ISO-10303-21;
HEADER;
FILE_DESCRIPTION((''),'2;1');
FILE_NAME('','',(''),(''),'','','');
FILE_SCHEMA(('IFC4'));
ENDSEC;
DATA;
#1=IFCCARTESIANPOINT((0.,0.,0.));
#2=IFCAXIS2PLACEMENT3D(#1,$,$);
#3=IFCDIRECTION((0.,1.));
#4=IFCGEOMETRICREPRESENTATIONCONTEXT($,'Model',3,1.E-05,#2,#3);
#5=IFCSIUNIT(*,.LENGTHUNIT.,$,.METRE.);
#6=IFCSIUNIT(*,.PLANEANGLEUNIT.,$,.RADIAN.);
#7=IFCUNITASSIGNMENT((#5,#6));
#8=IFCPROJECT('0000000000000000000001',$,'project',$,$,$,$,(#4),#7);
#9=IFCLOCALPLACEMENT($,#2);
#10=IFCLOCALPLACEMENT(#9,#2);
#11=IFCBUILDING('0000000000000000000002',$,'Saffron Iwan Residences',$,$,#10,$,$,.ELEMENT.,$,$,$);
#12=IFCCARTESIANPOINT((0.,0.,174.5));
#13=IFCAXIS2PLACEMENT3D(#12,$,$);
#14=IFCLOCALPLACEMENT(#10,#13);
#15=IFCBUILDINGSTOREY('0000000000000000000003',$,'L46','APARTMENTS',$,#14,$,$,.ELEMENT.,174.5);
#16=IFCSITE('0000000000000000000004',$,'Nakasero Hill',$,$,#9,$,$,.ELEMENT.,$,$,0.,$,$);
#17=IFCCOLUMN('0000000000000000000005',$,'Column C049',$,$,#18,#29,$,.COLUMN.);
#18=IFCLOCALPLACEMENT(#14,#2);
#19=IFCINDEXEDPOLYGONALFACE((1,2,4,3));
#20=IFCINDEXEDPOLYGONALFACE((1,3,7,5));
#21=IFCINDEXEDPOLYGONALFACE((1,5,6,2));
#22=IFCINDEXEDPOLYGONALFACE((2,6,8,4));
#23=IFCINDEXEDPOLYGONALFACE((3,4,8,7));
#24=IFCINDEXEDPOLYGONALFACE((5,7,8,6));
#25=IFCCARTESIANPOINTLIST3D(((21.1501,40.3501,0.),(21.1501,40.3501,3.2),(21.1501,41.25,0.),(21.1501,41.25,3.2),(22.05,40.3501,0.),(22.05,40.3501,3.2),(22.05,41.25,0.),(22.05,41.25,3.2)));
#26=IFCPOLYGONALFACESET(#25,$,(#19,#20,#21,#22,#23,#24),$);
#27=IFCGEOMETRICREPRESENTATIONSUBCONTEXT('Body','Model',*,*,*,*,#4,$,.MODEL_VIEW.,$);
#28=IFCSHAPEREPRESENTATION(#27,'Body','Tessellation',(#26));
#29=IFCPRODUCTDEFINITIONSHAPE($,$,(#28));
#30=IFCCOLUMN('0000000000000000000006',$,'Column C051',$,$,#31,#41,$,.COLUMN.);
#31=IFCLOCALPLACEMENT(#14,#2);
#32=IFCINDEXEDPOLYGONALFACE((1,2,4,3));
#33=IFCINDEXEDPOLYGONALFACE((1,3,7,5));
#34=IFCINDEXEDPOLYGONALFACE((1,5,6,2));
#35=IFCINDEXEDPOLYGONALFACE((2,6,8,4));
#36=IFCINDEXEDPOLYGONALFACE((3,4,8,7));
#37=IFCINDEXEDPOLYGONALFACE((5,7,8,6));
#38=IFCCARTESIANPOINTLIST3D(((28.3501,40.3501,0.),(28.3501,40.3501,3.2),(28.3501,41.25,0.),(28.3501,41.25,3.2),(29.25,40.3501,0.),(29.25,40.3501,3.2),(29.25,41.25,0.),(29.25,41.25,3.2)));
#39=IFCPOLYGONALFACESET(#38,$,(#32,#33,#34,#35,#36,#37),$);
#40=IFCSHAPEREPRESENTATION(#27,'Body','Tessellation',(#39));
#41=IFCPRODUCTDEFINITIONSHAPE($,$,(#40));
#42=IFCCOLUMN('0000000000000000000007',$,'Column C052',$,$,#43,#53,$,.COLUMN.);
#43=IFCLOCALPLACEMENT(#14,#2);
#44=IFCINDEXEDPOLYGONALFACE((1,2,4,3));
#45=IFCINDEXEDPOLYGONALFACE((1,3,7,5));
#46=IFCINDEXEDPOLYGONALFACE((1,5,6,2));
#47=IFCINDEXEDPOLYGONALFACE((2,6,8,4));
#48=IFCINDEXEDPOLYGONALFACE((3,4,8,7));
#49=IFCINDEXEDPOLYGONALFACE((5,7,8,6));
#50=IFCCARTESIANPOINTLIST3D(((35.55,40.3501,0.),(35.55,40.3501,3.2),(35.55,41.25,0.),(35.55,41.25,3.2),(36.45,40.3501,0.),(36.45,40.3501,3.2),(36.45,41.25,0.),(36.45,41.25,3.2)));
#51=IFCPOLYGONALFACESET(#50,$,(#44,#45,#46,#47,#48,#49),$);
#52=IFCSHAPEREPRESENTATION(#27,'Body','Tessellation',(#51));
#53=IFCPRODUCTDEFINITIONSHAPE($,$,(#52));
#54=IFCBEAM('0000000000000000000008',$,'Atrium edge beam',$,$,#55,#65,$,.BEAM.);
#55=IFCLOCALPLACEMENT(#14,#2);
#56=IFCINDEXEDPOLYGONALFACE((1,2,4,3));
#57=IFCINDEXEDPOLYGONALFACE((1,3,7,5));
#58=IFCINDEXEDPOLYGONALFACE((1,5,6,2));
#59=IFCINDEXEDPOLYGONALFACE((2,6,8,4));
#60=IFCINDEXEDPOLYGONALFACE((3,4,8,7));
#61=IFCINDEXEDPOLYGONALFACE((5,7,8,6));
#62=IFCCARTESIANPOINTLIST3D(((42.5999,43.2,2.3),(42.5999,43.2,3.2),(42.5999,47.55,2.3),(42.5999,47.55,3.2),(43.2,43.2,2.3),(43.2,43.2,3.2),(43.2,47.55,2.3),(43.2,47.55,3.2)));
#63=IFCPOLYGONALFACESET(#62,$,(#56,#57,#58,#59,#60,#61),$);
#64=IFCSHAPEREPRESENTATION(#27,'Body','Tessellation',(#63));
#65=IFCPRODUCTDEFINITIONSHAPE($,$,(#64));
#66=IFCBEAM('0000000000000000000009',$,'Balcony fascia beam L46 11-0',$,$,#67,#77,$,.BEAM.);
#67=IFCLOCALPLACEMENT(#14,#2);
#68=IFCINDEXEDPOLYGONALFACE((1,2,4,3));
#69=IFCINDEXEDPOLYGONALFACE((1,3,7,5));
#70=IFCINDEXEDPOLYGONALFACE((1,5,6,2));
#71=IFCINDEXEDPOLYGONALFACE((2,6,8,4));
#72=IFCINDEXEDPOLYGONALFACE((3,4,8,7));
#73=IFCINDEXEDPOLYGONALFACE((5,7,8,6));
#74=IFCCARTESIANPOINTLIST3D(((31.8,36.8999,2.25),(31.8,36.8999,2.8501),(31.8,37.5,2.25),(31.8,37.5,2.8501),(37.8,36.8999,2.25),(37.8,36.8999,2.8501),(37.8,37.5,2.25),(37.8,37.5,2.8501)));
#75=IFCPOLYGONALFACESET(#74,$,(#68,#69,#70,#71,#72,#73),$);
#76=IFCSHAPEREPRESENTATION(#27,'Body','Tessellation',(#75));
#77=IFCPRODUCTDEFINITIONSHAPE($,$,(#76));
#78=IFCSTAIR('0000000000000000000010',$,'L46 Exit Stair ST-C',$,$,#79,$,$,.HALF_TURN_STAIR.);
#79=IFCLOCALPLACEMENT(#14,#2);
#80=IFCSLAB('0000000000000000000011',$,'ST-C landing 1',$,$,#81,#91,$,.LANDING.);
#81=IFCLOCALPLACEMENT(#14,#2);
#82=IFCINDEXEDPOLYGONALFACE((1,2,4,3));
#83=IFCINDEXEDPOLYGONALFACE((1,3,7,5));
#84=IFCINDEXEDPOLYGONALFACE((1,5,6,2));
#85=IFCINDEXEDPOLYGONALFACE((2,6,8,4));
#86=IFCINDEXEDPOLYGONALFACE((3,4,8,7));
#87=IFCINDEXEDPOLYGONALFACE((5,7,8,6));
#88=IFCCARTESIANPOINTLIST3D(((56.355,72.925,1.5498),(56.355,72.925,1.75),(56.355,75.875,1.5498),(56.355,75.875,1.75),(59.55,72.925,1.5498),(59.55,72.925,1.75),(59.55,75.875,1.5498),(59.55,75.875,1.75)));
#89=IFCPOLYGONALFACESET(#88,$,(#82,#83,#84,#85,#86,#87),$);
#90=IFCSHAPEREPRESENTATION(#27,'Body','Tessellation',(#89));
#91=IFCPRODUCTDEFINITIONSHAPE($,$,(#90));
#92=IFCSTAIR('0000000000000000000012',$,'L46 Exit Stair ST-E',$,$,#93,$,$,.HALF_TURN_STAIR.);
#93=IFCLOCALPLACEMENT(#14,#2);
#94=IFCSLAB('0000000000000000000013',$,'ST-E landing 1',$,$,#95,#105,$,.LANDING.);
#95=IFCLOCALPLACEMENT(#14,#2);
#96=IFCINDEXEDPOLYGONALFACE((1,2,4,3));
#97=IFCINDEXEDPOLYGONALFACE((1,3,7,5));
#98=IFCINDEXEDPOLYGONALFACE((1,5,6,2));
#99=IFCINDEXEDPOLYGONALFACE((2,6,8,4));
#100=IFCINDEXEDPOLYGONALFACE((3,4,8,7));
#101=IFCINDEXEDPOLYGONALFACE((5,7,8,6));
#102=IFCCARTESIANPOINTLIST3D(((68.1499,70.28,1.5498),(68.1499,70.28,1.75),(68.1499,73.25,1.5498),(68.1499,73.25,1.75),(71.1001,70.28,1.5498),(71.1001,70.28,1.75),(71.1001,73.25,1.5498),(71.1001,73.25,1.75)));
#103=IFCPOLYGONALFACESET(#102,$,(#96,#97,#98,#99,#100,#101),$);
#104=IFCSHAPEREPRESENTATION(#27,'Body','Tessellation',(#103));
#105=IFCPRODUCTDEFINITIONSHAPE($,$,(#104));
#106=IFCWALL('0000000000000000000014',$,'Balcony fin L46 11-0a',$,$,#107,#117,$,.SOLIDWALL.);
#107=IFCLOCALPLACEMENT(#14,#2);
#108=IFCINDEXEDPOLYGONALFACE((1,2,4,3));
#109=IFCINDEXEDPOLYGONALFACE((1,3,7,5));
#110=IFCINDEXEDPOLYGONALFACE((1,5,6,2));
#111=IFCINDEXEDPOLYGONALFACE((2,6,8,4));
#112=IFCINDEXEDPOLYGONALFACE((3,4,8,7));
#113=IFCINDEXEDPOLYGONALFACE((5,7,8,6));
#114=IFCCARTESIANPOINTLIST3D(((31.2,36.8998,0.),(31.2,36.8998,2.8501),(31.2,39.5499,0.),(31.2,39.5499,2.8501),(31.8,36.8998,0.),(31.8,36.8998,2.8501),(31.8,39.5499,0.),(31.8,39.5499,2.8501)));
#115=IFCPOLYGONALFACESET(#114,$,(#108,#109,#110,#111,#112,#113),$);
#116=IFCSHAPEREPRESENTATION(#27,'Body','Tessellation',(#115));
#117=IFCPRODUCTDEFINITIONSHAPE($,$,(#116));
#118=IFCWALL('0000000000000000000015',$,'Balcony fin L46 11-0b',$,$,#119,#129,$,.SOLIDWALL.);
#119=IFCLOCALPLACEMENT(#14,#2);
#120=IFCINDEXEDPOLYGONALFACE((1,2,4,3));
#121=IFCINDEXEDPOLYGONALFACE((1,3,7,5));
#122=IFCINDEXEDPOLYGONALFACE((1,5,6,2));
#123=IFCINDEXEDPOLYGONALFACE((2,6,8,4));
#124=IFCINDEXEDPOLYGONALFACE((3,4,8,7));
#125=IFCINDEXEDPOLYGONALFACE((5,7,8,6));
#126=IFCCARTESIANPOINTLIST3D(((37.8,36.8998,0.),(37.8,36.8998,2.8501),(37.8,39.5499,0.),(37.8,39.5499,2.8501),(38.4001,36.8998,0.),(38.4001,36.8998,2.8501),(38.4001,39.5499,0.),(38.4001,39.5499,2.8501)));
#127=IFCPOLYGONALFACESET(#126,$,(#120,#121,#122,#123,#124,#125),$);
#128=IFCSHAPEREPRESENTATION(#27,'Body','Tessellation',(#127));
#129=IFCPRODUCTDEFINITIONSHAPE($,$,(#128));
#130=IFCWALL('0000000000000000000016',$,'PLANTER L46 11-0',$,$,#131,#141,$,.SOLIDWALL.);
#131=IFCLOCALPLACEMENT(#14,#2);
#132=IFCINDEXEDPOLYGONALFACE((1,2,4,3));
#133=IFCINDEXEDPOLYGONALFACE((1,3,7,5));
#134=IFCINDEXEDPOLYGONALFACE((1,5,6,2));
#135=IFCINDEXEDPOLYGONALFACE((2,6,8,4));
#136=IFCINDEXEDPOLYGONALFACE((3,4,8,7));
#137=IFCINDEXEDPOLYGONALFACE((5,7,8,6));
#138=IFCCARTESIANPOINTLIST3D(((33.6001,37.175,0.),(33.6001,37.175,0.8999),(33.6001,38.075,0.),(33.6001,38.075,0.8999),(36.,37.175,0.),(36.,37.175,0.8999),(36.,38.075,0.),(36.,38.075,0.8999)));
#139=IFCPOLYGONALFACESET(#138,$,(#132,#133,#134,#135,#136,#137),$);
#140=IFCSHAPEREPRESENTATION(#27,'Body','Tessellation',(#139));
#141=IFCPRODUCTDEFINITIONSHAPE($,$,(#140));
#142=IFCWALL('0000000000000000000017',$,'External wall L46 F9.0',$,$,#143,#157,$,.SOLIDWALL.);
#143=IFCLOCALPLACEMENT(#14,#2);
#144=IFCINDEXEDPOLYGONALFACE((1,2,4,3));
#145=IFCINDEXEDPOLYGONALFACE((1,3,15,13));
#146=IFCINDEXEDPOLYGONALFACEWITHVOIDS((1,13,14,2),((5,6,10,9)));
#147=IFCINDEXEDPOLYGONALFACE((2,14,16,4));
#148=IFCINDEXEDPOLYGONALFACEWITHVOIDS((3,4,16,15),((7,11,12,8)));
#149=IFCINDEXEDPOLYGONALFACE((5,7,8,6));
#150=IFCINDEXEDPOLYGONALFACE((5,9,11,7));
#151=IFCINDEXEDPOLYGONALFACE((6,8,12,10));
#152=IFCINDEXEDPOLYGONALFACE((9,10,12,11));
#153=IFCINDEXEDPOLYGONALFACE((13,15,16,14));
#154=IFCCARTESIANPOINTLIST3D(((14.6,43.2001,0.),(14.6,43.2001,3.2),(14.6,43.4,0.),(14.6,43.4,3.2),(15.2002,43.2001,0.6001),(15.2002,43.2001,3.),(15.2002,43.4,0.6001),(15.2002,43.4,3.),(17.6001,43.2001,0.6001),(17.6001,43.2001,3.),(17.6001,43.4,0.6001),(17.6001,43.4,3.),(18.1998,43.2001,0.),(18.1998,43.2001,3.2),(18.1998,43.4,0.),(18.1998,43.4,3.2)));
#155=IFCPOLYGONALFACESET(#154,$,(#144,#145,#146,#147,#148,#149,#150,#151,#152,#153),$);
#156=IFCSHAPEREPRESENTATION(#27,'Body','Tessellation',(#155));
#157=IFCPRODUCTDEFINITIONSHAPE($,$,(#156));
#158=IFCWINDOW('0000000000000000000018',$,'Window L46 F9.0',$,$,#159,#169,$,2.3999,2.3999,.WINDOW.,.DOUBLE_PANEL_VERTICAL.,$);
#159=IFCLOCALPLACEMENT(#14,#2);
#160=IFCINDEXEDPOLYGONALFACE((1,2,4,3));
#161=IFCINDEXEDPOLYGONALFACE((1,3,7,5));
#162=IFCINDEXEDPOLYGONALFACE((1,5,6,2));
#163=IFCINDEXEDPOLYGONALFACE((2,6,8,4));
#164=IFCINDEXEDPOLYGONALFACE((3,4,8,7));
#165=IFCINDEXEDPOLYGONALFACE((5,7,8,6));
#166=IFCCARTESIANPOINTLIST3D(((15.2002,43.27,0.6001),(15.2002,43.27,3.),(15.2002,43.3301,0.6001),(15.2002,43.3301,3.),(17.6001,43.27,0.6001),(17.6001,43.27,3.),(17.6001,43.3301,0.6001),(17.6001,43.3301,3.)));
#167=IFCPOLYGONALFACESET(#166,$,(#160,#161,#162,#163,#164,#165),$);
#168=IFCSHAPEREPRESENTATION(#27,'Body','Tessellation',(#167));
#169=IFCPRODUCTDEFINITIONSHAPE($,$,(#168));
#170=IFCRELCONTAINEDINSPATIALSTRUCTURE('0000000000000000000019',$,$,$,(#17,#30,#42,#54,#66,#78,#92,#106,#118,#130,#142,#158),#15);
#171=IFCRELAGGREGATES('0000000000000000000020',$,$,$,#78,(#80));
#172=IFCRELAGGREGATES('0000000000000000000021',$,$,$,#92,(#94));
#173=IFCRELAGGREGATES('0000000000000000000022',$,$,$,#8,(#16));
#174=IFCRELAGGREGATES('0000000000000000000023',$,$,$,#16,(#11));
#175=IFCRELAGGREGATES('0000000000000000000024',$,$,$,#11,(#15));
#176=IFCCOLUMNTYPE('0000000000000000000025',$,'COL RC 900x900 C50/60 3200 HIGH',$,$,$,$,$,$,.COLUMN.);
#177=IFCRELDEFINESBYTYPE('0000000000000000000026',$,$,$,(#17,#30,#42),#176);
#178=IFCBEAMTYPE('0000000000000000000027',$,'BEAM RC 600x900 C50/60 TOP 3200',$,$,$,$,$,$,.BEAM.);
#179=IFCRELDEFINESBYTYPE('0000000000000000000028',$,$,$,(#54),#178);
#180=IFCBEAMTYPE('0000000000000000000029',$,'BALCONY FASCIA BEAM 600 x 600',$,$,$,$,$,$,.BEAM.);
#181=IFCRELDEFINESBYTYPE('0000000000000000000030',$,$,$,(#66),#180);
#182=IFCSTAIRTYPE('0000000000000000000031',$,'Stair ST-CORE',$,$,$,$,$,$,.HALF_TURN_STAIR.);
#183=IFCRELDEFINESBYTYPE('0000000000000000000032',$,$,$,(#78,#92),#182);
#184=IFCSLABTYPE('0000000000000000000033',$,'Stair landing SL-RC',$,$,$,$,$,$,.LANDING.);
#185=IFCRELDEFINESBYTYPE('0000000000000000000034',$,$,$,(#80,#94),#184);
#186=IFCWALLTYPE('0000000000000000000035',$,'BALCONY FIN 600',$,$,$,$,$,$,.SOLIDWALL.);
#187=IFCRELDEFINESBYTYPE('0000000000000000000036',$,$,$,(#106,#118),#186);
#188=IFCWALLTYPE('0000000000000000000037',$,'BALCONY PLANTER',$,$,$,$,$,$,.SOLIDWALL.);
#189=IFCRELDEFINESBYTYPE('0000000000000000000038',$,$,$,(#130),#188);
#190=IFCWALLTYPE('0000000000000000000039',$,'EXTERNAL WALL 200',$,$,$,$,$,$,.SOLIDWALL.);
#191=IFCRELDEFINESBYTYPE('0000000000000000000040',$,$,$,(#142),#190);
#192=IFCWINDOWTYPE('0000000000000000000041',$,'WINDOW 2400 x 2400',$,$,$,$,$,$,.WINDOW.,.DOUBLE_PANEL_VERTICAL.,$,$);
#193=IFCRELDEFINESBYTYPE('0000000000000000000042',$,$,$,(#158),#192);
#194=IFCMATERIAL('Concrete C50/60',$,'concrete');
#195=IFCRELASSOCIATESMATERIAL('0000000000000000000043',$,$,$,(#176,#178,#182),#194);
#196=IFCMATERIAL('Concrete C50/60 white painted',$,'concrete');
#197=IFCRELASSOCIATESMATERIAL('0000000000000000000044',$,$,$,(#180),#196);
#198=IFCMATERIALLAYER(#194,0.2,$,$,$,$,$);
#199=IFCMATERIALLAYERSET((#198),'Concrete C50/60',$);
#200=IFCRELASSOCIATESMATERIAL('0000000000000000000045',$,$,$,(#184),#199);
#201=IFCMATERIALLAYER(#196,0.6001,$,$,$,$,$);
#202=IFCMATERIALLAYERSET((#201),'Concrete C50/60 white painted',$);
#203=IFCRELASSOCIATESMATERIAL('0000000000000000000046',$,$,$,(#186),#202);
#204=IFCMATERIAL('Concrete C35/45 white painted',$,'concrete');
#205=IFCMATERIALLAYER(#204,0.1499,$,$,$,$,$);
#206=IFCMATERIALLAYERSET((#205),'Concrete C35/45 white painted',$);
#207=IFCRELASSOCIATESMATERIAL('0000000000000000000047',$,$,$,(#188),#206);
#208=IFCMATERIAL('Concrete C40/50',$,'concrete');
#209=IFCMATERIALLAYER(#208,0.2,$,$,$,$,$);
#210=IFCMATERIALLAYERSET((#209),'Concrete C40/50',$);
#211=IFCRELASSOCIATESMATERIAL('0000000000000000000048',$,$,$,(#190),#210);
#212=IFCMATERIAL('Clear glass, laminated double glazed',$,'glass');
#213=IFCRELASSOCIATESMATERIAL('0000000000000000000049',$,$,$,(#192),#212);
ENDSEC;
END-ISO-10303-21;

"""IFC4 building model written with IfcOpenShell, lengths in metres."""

from ifc_helpers import new_model, si_unit, direction, frame, frame_2d, origin, origin_2d, place, context, subcontext, project, spatial, polyline, rectangle, outline, extrude, source, transform, mapped, material, layer, layer_set, material_profile, profile_set, type_object, element, fill, aggregate, save


model = new_model("IFC4")

# Units and contexts
model_context = context("Model", 3, precision=1e-05, world=origin(), true_north=direction((0.0, 1.0)))
body_context = subcontext(model_context, "Body", "Model", "MODEL_VIEW")
ifc_project = project(units=[si_unit("LENGTHUNIT", "METRE"), si_unit("PLANEANGLEUNIT", "RADIAN")], contexts=[model_context])

# Site, building, storey
site_placement = place(None, origin())
site = spatial("IfcSite", under=ifc_project, at=site_placement, Name="Nakasero Hill", CompositionType="ELEMENT", RefElevation=0.0)
building_placement = place(site_placement, origin())
building = spatial("IfcBuilding", under=site, at=building_placement, Name="Saffron Iwan Residences", CompositionType="ELEMENT")
storey_placement = place(building_placement, frame((0.0, 0.0, 174.5)))
storey = spatial("IfcBuildingStorey", under=building, at=storey_placement, Name="L46", Description="APARTMENTS", CompositionType="ELEMENT", Elevation=174.5)

# Columns
ifc_material_1 = material(Name="Concrete C50/60", Category="concrete")
ifc_material_profile_1 = material_profile(ifc_material_1, rectangle(XDim=0.8999, YDim=0.8999, at=origin_2d()), Name="RC 900x900")
ifc_profile_set_1 = profile_set([ifc_material_profile_1], Name="Concrete C50/60")
column_type = type_object("IfcColumnType", Name="COL RC 900x900 C50/60 3200 HIGH", PredefinedType="COLUMN", material=ifc_profile_set_1)
shared_shape_1 = source(origin(), body_context, "Body", "SweptSolid", [
    extrude(rectangle(XDim=0.8999, YDim=0.8999, at=origin_2d()), origin(), (0.0, 0.0, 1.0), 3.2),
])
for number, where, z_axis, x_axis, name in (
    (1, (21.6001, 40.8, 0.0), (0.0, 0.0, 1.0), (1.0, 0.0, 0.0), "Column C049"),
    (2, (28.8, 40.8, 0.0), (0.0, 0.0, 1.0), (1.0, 0.0, 0.0), "Column C051"),
    (3, (36.0, 40.8, 0.0), (0.0, 0.0, 1.0), (1.0, 0.0, 0.0), "Column C052"),
):
    element("IfcColumn", number, at=place(storey_placement, frame(where, z_axis=z_axis, x_axis=x_axis)), inside=storey, type_object=column_type, Name=name, PredefinedType="COLUMN", context=body_context, shape_type="MappedRepresentation", body=[
        mapped(shared_shape_1, transform((0.0, 0.0, 0.0))),
    ])

# Beams
ifc_material_profile_2 = material_profile(ifc_material_1, rectangle(XDim=0.6001, YDim=0.8999, at=origin_2d()), Name="RC 600x900")
ifc_profile_set_2 = profile_set([ifc_material_profile_2], Name="Concrete C50/60")
beam_type_1 = type_object("IfcBeamType", Name="BEAM RC 600x900 C50/60 TOP 3200", PredefinedType="BEAM", material=ifc_profile_set_2)
shared_shape_2 = source(origin(), body_context, "Body", "SweptSolid", [
    extrude(rectangle(XDim=0.6001, YDim=0.8999, at=origin_2d()), origin(), (0.0, 0.0, 1.0), 4.3501),
])
beam_1_placement = place(storey_placement, frame((42.8999, 43.2, 2.75), z_axis=(0.0, 1.0, 0.0), x_axis=(-1.0, 0.0, 0.0)))
element("IfcBeam", 4, at=beam_1_placement, inside=storey, type_object=beam_type_1, Name="Atrium edge beam", PredefinedType="BEAM", context=body_context, shape_type="MappedRepresentation", body=[
    mapped(shared_shape_2, transform((0.0, 0.0, 0.0))),
])
ifc_material_2 = material(Name="Concrete C50/60 white painted", Category="concrete")
ifc_material_profile_3 = material_profile(ifc_material_2, rectangle(XDim=0.6001, YDim=0.6001, at=origin_2d()), Name="BALCONY FASCIA BEAM 600 x 600")
ifc_profile_set_3 = profile_set([ifc_material_profile_3], Name="Concrete C50/60 white painted")
beam_type_2 = type_object("IfcBeamType", Name="BALCONY FASCIA BEAM 600 x 600", PredefinedType="BEAM", material=ifc_profile_set_3)
shared_shape_3 = source(origin(), body_context, "Body", "SweptSolid", [
    extrude(rectangle(XDim=0.6001, YDim=0.6001, at=origin_2d()), origin(), (0.0, 0.0, 1.0), 6.0),
])
beam_2_placement = place(storey_placement, frame((31.8, 37.2, 2.55), z_axis=(1.0, 0.0, 0.0), x_axis=(0.0, 1.0, 0.0)))
element("IfcBeam", 5, at=beam_2_placement, inside=storey, type_object=beam_type_2, Name="Balcony fascia beam L46 11-0", PredefinedType="BEAM", context=body_context, shape_type="MappedRepresentation", body=[
    mapped(shared_shape_3, transform((0.0, 0.0, 0.0))),
])

# Stairs, slabs
stair_type = type_object("IfcStairType", Name="Stair ST-CORE", PredefinedType="HALF_TURN_STAIR", material=ifc_material_1)
stair_1_placement = place(storey_placement, origin())
stair_1 = element("IfcStair", 6, at=stair_1_placement, inside=storey, type_object=stair_type, Name="L46 Exit Stair ST-C", PredefinedType="HALF_TURN_STAIR")
ifc_layer_1 = layer(ifc_material_1, 0.2)
ifc_layer_set_1 = layer_set([ifc_layer_1], Name="Concrete C50/60")
slab_type = type_object("IfcSlabType", Name="Stair landing SL-RC", PredefinedType="LANDING", material=ifc_layer_set_1)
slab_1_placement = place(storey_placement, frame((0.0, 0.0, 1.5498)))
slab_1 = element("IfcSlab", 7, at=slab_1_placement, type_object=slab_type, Name="ST-C landing 1", PredefinedType="LANDING", context=body_context, shape_type="SweptSolid", body=[
    extrude(outline(polyline([(56.355, 72.925), (59.55, 72.925), (59.55, 75.875), (56.355, 75.875), (56.355, 72.925)])), origin(), (0.0, 0.0, 1.0), 0.2002),
])
aggregate(stair_1, [slab_1])
stair_2_placement = place(storey_placement, origin())
stair_2 = element("IfcStair", 8, at=stair_2_placement, inside=storey, type_object=stair_type, Name="L46 Exit Stair ST-E", PredefinedType="HALF_TURN_STAIR")
slab_2_placement = place(storey_placement, frame((0.0, 0.0, 1.5498)))
slab_2 = element("IfcSlab", 9, at=slab_2_placement, type_object=slab_type, Name="ST-E landing 1", PredefinedType="LANDING", context=body_context, shape_type="SweptSolid", body=[
    extrude(outline(polyline([(71.1001, 70.28), (71.1001, 73.25), (68.1499, 73.25), (68.1499, 70.28), (71.1001, 70.28)])), origin(), (0.0, 0.0, 1.0), 0.2002),
])
aggregate(stair_2, [slab_2])

# Walls
ifc_layer_2 = layer(ifc_material_2, 0.6001)
ifc_layer_set_2 = layer_set([ifc_layer_2], Name="Concrete C50/60 white painted")
wall_type_1 = type_object("IfcWallType", Name="BALCONY FIN 600", PredefinedType="SOLIDWALL", material=ifc_layer_set_2)
for number, where, z_axis, x_axis, name in (
    (10, (31.5, 39.55, 0.0), (0.0, 0.0, 1.0), (0.0, -1.0, 0.0), "Balcony fin L46 11-0a"),
    (11, (38.1001, 39.55, 0.0), (0.0, 0.0, 1.0), (0.0, -1.0, 0.0), "Balcony fin L46 11-0b"),
):
    element("IfcWall", number, at=place(storey_placement, frame(where, z_axis=z_axis, x_axis=x_axis)), inside=storey, type_object=wall_type_1, Name=name, PredefinedType="SOLIDWALL", context=body_context, shape_type="SweptSolid", body=[
        extrude(rectangle(XDim=2.6501, YDim=0.6001, at=frame_2d((1.3252, 0.0))), origin(), (0.0, 0.0, 1.0), 2.8501),
    ])
ifc_material_3 = material(Name="Concrete C35/45 white painted", Category="concrete")
ifc_layer_3 = layer(ifc_material_3, 0.1499)
ifc_layer_set_3 = layer_set([ifc_layer_3], Name="Concrete C35/45 white painted")
wall_type_2 = type_object("IfcWallType", Name="BALCONY PLANTER", PredefinedType="SOLIDWALL", material=ifc_layer_set_3)
wall_1_placement = place(storey_placement, frame((33.6001, 37.625, 0.0), z_axis=(0.0, 0.0, 1.0), x_axis=(1.0, 0.0, 0.0)))
element("IfcWall", 12, at=wall_1_placement, inside=storey, type_object=wall_type_2, Name="PLANTER L46 11-0", PredefinedType="SOLIDWALL", context=body_context, shape_type="SweptSolid", body=[
    extrude(rectangle(XDim=2.3999, YDim=0.8999, at=frame_2d((1.2, 0.0))), origin(), (0.0, 0.0, 1.0), 0.8999),
])

# Wall, opening, window
ifc_material_4 = material(Name="Concrete C40/50", Category="concrete")
ifc_layer_4 = layer(ifc_material_4, 0.2)
ifc_layer_set_4 = layer_set([ifc_layer_4], Name="Concrete C40/50")
wall_type_3 = type_object("IfcWallType", Name="EXTERNAL WALL 200", PredefinedType="SOLIDWALL", material=ifc_layer_set_4)
wall_2_placement = place(storey_placement, frame((14.6001, 43.3, 0.0), z_axis=(0.0, 0.0, 1.0), x_axis=(1.0, 0.0, 0.0)))
wall_2 = element("IfcWall", 13, at=wall_2_placement, inside=storey, type_object=wall_type_3, Name="External wall L46 F9.0", PredefinedType="SOLIDWALL", context=body_context, shape_type="SweptSolid", body=[
    extrude(rectangle(XDim=3.5999, YDim=0.2, at=frame_2d((1.7998, 0.0))), origin(), (0.0, 0.0, 1.0), 3.2),
])
opening_1_placement = place(wall_2_placement, frame((0.6001, 0.0, 0.6001)))
opening_1 = element("IfcOpeningElement", 14, at=opening_1_placement, cuts=wall_2, PredefinedType="OPENING", context=body_context, shape_type="SweptSolid", body=[
    extrude(rectangle(XDim=2.3999, YDim=2.3999, at=frame_2d((1.2, 1.2))), frame((0.0, 0.1099, 0.0), z_axis=(0.0, -1.0, 0.0), x_axis=(1.0, 0.0, 0.0)), (0.0, 0.0, 1.0), 0.22),
])
ifc_material_5 = material(Name="Clear glass, laminated double glazed", Category="glass")
window_type_1 = type_object("IfcWindowType", Name="WINDOW 2400 x 2400", PartitioningType="DOUBLE_PANEL_VERTICAL", PredefinedType="WINDOW", material=ifc_material_5)
window_1_placement = place(opening_1_placement, origin())
window_1 = element("IfcWindow", 15, at=window_1_placement, inside=storey, type_object=window_type_1, Name="Window L46 F9.0", OverallHeight=2.3999, OverallWidth=2.3999, PartitioningType="DOUBLE_PANEL_VERTICAL", PredefinedType="WINDOW", context=body_context, shape_type="SweptSolid", body=[
    extrude(rectangle(XDim=2.3999, YDim=2.3999, at=frame_2d((1.2, 1.2))), frame((0.0, 0.03, 0.0), z_axis=(0.0, -1.0, 0.0), x_axis=(1.0, 0.0, 0.0)), (0.0, 0.0, 1.0), 0.0601),
])
fill(opening_1, window_1)

save(model, "model.ifc")
